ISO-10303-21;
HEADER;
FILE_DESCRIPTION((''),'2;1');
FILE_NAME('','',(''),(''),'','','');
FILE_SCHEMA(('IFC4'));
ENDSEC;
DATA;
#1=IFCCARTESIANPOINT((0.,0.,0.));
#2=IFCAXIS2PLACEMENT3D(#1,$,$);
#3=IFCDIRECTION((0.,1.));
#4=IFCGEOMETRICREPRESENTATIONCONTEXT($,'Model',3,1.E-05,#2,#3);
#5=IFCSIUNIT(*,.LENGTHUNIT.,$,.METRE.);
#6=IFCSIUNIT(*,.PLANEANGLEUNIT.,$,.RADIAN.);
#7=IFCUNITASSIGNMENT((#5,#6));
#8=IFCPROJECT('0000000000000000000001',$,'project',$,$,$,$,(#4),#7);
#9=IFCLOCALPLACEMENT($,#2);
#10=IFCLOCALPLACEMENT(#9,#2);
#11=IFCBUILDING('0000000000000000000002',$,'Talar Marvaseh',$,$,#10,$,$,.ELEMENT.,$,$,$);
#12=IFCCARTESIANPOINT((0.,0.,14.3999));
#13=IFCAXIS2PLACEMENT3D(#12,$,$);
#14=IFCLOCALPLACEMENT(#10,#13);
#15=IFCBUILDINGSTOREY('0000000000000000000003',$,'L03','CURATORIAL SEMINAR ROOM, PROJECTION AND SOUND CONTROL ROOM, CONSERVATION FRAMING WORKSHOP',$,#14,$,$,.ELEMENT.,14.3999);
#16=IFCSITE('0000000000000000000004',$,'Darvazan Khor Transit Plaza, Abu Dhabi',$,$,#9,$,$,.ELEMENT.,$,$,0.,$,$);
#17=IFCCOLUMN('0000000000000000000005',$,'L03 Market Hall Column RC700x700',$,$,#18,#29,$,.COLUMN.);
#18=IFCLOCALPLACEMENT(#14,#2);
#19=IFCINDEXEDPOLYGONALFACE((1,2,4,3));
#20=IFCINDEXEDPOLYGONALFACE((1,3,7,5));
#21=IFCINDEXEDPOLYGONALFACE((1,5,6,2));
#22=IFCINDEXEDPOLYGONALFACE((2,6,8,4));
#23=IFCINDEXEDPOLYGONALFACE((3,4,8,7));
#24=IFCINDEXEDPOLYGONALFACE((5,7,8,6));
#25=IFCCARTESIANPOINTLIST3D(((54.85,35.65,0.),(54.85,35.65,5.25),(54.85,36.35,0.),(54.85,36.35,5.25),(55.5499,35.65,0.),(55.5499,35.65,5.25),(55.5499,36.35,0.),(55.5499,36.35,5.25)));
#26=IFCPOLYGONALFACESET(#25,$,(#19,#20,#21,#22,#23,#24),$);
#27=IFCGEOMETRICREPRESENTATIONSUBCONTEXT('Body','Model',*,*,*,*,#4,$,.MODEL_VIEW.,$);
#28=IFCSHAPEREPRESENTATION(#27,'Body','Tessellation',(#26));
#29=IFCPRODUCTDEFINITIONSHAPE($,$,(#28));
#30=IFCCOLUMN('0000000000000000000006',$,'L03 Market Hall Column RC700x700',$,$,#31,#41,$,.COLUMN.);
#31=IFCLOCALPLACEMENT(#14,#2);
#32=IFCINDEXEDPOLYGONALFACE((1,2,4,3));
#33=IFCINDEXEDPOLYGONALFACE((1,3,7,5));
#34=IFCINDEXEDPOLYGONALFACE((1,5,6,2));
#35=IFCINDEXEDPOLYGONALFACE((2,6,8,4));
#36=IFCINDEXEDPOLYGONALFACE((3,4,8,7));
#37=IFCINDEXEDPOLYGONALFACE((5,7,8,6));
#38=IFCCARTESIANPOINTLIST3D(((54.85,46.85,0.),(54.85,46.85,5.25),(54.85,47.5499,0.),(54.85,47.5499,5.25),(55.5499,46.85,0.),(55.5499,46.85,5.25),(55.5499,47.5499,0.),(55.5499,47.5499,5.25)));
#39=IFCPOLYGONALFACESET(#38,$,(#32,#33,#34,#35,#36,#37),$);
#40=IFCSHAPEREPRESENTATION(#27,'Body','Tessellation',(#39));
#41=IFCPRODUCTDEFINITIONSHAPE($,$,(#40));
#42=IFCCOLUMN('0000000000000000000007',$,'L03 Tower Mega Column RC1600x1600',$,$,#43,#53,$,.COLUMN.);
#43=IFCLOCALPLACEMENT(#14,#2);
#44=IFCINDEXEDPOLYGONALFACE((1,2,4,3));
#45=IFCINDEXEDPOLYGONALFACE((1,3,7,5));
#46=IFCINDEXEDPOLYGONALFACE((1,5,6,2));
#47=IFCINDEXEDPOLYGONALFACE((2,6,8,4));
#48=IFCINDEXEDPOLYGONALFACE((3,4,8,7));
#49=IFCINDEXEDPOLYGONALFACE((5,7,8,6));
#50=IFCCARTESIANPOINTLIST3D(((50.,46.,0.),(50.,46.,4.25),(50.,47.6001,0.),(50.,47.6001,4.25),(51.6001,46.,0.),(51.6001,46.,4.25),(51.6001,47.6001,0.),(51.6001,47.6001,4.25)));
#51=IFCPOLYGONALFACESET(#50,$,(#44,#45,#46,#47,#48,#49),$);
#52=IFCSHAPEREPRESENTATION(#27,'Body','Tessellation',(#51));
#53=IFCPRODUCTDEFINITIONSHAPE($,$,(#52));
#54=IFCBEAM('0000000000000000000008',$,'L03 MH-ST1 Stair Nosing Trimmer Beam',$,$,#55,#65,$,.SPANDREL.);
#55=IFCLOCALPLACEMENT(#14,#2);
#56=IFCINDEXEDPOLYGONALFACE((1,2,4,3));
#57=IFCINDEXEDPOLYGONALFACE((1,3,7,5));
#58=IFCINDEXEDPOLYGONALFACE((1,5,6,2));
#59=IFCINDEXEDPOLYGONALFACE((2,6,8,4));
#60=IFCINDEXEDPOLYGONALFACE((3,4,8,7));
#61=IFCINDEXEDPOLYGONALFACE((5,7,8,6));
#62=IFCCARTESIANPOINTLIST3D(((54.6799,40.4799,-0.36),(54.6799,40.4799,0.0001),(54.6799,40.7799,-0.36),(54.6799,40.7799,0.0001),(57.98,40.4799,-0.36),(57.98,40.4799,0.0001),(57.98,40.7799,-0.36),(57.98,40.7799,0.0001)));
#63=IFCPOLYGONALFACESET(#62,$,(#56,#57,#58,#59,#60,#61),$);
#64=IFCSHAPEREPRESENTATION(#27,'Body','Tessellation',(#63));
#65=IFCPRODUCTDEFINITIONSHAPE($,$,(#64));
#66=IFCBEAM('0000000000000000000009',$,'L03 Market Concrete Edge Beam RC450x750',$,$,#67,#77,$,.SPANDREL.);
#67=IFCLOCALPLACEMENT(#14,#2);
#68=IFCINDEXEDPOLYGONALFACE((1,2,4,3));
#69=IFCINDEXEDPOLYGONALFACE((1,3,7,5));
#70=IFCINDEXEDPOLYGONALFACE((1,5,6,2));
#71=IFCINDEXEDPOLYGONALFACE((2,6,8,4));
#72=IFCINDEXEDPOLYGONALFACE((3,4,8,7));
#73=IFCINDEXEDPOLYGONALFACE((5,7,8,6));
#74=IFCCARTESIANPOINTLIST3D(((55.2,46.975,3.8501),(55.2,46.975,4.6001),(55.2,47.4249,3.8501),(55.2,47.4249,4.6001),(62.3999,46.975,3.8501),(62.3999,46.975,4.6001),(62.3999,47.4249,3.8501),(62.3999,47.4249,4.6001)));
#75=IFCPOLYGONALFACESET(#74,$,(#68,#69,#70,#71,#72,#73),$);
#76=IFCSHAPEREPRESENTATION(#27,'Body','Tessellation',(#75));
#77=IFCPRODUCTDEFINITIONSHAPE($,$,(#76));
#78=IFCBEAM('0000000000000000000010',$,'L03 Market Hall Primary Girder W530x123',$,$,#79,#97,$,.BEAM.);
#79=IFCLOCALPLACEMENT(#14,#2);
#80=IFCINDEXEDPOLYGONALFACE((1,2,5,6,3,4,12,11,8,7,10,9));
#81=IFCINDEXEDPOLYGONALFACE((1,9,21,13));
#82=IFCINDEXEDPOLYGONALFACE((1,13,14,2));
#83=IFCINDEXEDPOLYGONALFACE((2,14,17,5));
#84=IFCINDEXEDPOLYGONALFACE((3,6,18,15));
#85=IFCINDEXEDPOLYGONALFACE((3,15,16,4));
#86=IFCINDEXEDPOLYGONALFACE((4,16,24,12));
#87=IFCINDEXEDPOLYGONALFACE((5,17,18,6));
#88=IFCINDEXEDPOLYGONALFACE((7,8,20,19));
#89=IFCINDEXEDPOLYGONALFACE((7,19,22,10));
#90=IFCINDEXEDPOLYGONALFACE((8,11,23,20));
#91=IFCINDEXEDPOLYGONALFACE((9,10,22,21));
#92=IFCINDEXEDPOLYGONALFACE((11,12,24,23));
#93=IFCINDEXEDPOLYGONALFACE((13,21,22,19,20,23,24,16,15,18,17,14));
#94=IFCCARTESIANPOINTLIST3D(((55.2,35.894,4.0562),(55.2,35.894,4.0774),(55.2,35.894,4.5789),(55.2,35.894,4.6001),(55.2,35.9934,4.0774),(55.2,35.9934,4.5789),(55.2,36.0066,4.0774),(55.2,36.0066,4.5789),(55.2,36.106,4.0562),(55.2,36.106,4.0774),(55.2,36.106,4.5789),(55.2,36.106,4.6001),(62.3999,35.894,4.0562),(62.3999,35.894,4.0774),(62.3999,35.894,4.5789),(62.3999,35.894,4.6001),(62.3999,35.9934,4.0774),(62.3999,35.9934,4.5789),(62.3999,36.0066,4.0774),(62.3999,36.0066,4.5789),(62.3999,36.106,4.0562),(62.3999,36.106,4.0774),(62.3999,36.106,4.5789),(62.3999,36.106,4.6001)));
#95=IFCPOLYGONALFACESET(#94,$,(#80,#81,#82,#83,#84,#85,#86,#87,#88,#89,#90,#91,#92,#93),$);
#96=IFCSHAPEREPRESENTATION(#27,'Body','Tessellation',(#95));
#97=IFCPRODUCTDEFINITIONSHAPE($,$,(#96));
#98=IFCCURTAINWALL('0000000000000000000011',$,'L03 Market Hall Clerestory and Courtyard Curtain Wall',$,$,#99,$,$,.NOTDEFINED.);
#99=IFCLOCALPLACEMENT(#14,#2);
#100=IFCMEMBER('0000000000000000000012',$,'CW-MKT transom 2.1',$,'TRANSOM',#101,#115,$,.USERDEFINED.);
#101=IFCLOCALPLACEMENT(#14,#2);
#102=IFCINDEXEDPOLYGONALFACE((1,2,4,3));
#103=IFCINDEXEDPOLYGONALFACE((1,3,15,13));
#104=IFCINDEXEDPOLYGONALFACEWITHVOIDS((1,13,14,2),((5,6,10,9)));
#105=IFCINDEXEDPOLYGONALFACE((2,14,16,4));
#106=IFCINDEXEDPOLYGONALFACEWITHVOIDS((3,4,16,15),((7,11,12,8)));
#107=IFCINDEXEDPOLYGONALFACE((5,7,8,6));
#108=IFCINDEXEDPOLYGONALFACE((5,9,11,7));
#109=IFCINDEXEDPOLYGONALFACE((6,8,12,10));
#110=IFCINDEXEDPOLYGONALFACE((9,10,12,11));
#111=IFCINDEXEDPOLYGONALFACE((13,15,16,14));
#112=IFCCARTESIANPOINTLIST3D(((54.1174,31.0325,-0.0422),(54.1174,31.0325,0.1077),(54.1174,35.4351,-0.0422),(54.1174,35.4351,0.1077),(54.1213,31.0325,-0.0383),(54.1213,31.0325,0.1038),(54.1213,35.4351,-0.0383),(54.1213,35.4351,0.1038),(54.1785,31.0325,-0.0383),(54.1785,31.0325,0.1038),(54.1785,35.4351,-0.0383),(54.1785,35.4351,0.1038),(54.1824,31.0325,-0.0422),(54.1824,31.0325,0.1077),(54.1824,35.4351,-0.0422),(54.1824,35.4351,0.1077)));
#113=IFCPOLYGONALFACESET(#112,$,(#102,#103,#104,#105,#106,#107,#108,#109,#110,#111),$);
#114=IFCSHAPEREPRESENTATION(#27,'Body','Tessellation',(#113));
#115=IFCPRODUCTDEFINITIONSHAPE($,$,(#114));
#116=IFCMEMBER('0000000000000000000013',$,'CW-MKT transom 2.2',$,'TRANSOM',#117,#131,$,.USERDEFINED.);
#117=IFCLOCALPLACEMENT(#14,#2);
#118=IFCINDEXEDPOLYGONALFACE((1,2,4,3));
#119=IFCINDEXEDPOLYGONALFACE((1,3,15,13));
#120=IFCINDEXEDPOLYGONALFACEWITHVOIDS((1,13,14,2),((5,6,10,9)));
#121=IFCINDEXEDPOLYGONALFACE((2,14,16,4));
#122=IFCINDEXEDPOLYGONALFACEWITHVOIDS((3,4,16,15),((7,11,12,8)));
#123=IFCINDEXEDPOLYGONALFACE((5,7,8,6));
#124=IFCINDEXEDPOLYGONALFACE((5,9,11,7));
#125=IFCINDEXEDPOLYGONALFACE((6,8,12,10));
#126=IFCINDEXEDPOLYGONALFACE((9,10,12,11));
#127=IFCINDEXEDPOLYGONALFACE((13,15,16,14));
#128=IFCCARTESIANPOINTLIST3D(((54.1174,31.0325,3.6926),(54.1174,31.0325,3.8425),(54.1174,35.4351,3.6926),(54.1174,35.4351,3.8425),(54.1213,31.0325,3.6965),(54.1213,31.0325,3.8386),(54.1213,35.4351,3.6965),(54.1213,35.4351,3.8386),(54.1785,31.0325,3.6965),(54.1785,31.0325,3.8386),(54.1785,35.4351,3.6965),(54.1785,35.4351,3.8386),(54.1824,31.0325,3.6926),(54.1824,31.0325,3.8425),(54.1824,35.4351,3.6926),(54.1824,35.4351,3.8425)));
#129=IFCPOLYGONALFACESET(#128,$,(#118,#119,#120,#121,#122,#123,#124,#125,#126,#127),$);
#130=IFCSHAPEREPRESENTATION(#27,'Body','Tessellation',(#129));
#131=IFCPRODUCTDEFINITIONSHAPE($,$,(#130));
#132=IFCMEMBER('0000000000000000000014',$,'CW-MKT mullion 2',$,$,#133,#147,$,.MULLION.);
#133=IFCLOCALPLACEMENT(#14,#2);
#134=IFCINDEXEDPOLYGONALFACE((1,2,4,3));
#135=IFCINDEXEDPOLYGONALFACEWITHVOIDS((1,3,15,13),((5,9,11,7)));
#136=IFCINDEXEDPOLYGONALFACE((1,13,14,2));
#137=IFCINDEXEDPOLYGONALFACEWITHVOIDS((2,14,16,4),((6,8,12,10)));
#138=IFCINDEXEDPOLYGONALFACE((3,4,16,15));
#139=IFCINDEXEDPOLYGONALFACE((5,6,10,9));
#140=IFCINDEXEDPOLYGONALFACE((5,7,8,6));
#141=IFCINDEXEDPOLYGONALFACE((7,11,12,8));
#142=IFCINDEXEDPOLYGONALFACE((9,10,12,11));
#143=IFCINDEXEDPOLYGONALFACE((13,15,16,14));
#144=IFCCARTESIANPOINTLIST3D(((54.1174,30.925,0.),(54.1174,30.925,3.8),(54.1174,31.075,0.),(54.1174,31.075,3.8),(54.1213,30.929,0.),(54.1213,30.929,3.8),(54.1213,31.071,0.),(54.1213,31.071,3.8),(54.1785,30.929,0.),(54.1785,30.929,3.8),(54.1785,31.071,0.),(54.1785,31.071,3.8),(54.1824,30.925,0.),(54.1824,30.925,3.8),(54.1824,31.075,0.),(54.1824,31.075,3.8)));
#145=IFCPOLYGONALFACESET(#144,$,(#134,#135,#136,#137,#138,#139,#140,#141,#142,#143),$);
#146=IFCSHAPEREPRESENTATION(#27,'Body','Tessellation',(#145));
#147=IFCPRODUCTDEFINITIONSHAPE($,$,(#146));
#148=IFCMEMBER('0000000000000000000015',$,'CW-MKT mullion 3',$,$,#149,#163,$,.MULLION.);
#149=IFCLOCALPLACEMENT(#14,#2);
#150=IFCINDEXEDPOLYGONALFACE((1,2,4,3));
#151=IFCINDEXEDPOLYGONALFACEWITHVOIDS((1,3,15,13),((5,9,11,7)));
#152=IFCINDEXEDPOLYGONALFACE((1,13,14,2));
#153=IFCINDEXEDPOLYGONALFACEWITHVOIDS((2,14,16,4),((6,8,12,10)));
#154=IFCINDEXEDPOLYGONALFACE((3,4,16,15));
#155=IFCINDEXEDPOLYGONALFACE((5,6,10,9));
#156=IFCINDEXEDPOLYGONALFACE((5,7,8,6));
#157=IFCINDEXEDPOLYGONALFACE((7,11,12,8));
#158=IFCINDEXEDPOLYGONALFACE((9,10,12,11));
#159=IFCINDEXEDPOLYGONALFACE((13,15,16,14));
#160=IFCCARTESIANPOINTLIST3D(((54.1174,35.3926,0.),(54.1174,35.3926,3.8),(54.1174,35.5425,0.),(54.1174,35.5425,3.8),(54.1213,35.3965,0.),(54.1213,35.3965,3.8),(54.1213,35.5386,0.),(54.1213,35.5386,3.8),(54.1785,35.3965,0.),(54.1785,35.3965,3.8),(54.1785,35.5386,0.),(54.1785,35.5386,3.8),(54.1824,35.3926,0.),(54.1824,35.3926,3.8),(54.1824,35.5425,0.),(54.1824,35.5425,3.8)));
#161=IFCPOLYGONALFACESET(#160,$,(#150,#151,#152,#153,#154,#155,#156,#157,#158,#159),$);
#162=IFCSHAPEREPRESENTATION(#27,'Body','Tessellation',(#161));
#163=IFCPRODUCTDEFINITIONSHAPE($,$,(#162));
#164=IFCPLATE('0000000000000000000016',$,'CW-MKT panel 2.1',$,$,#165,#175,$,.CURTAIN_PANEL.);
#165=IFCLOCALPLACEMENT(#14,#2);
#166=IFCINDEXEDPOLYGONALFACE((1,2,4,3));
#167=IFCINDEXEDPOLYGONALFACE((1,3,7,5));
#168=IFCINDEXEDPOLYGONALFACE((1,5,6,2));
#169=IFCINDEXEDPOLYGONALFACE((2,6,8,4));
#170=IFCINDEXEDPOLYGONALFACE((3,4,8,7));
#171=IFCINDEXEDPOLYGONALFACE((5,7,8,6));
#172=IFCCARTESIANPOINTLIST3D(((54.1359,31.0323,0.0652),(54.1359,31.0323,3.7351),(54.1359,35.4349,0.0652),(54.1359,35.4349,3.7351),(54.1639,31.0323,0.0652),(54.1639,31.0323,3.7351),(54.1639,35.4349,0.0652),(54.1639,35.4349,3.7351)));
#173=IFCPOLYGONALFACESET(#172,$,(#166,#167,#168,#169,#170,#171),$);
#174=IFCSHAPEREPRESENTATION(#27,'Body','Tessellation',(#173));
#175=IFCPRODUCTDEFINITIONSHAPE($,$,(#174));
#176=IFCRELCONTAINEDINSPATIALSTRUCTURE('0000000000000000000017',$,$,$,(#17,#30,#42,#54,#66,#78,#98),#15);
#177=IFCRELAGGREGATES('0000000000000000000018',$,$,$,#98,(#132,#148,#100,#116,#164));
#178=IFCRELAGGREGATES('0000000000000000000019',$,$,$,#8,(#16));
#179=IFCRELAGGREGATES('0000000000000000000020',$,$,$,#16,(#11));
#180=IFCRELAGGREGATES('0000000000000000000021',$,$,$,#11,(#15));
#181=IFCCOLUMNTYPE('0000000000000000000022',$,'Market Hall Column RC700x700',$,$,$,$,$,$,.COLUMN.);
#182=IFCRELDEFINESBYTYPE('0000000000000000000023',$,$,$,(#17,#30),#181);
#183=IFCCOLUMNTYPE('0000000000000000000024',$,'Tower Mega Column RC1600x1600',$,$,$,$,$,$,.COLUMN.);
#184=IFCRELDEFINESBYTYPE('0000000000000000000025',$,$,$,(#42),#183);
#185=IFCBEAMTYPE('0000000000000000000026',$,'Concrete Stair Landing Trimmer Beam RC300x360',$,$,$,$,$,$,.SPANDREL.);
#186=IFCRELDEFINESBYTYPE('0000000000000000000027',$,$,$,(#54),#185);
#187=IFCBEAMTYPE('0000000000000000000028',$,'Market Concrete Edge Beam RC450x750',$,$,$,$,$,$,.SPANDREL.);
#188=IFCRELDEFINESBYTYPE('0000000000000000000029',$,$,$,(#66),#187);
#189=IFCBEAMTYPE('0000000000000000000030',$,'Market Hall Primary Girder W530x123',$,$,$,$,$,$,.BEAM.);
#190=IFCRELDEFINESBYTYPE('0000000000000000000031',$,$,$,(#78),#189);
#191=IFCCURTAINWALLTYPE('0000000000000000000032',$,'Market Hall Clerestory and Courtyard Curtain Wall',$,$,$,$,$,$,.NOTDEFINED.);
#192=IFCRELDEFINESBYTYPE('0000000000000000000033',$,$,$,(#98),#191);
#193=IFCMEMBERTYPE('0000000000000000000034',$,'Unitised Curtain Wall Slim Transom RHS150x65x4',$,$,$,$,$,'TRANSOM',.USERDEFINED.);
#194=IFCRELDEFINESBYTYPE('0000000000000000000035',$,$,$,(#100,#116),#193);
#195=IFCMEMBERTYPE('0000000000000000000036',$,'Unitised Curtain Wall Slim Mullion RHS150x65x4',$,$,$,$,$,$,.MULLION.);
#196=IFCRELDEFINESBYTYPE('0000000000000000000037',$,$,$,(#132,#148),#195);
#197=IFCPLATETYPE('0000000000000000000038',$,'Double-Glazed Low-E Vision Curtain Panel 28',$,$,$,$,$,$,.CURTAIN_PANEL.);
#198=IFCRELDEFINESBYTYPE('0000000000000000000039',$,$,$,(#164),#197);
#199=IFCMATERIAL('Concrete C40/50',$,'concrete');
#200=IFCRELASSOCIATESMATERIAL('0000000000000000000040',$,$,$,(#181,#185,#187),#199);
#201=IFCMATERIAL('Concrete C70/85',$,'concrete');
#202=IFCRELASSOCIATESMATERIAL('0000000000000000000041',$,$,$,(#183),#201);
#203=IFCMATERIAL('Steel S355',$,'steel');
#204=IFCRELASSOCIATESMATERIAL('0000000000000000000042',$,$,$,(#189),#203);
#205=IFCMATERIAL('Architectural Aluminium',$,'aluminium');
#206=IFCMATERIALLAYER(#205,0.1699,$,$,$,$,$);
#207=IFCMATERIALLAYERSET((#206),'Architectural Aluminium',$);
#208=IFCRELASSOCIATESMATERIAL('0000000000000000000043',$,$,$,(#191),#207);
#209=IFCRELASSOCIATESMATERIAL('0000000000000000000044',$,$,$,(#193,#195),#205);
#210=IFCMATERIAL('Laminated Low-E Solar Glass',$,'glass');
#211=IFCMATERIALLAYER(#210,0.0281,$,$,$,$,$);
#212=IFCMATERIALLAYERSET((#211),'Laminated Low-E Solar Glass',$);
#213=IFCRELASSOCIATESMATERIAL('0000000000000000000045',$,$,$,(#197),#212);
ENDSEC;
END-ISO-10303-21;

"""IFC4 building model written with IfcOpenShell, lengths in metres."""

from ifc_helpers import new_model, si_unit, direction, frame, origin, origin_2d, place, context, subcontext, project, spatial, rectangle, hollow_rectangle, i_section, extrude, source, transform, mapped, material, layer, layer_set, material_profile, profile_set, type_object, type_shapes, element, aggregate, save


model = new_model("IFC4")

# Units and contexts
model_context = context("Model", 3, precision=1e-05, world=origin(), true_north=direction((0.0, 1.0)))
body_context = subcontext(model_context, "Body", "Model", "MODEL_VIEW")
ifc_project = project(units=[si_unit("LENGTHUNIT", "METRE"), si_unit("PLANEANGLEUNIT", "RADIAN")], contexts=[model_context])

# Site, building, storey
site_placement = place(None, origin())
site = spatial("IfcSite", under=ifc_project, at=site_placement, Name="Darvazan Khor Transit Plaza, Abu Dhabi", CompositionType="ELEMENT", RefElevation=0.0)
building_placement = place(site_placement, origin())
building = spatial("IfcBuilding", under=site, at=building_placement, Name="Talar Marvaseh", CompositionType="ELEMENT")
storey_placement = place(building_placement, frame((0.0, 0.0, 14.3999)))
storey = spatial("IfcBuildingStorey", under=building, at=storey_placement, Name="L03", Description="CURATORIAL SEMINAR ROOM, PROJECTION AND SOUND CONTROL ROOM, CONSERVATION FRAMING WORKSHOP", CompositionType="ELEMENT", Elevation=14.3999)

# Columns
ifc_material_1 = material(Name="Concrete C40/50", Category="concrete")
ifc_material_profile_1 = material_profile(ifc_material_1, rectangle(XDim=0.7, YDim=0.7, at=origin_2d()), Name="RC700x700")
ifc_profile_set_1 = profile_set([ifc_material_profile_1], Name="Concrete C40/50")
column_type_1 = type_object("IfcColumnType", Name="Market Hall Column RC700x700", PredefinedType="COLUMN", material=ifc_profile_set_1)
for number, where, z_axis, x_axis, name in (
    (1, (55.2, 36.0, 0.0), (0.0, 0.0, 1.0), (1.0, 0.0, 0.0), "L03 Market Hall Column RC700x700"),
    (2, (55.2, 47.2, 0.0), (0.0, 0.0, 1.0), (1.0, 0.0, 0.0), "L03 Market Hall Column RC700x700"),
):
    element("IfcColumn", number, at=place(storey_placement, frame(where, z_axis=z_axis, x_axis=x_axis)), inside=storey, type_object=column_type_1, Name=name, PredefinedType="COLUMN", context=body_context, shape_type="SweptSolid", body=[
        extrude(rectangle(XDim=0.7, YDim=0.7, at=origin_2d()), origin(), (0.0, 0.0, 1.0), 5.25),
    ])
ifc_material_2 = material(Name="Concrete C70/85", Category="concrete")
ifc_material_profile_2 = material_profile(ifc_material_2, rectangle(XDim=1.6001, YDim=1.6001, at=origin_2d()), Name="RC1600x1600")
ifc_profile_set_2 = profile_set([ifc_material_profile_2], Name="Concrete C70/85")
column_type_2 = type_object("IfcColumnType", Name="Tower Mega Column RC1600x1600", PredefinedType="COLUMN", material=ifc_profile_set_2)
column_placement = place(storey_placement, frame((50.8, 46.8, 0.0), z_axis=(0.0, 0.0, 1.0), x_axis=(1.0, 0.0, 0.0)))
element("IfcColumn", 3, at=column_placement, inside=storey, type_object=column_type_2, Name="L03 Tower Mega Column RC1600x1600", PredefinedType="COLUMN", context=body_context, shape_type="SweptSolid", body=[
    extrude(rectangle(XDim=1.6001, YDim=1.6001, at=origin_2d()), origin(), (0.0, 0.0, 1.0), 4.25),
])

# Beams
ifc_material_profile_3 = material_profile(ifc_material_1, rectangle(XDim=0.3, YDim=0.3601, at=origin_2d()), Name="RC300x360")
ifc_profile_set_3 = profile_set([ifc_material_profile_3], Name="Concrete C40/50")
beam_type_1 = type_object("IfcBeamType", Name="Concrete Stair Landing Trimmer Beam RC300x360", PredefinedType="SPANDREL", material=ifc_profile_set_3)
beam_1_placement = place(storey_placement, frame((57.98, 40.6299, -0.1799), z_axis=(-1.0, 0.0, 0.0), x_axis=(0.0, -1.0, 0.0)))
element("IfcBeam", 4, at=beam_1_placement, inside=storey, type_object=beam_type_1, Name="L03 MH-ST1 Stair Nosing Trimmer Beam", PredefinedType="SPANDREL", context=body_context, shape_type="SweptSolid", body=[
    extrude(rectangle(XDim=0.3, YDim=0.3601, at=origin_2d()), origin(), (0.0, 0.0, 1.0), 3.3),
])
ifc_material_profile_4 = material_profile(ifc_material_1, rectangle(XDim=0.45, YDim=0.75, at=origin_2d()), Name="RC450x750")
ifc_profile_set_4 = profile_set([ifc_material_profile_4], Name="Concrete C40/50")
beam_type_2 = type_object("IfcBeamType", Name="Market Concrete Edge Beam RC450x750", PredefinedType="SPANDREL", material=ifc_profile_set_4)
beam_2_placement = place(storey_placement, frame((55.2, 47.2, 4.2251), z_axis=(1.0, 0.0, 0.0), x_axis=(0.0, 1.0, 0.0)))
element("IfcBeam", 5, at=beam_2_placement, inside=storey, type_object=beam_type_2, Name="L03 Market Concrete Edge Beam RC450x750", PredefinedType="SPANDREL", context=body_context, shape_type="SweptSolid", body=[
    extrude(rectangle(XDim=0.45, YDim=0.75, at=origin_2d()), origin(), (0.0, 0.0, 1.0), 7.2),
])
ifc_material_3 = material(Name="Steel S355", Category="steel")
ifc_material_profile_5 = material_profile(ifc_material_3, i_section(OverallWidth=0.2119, OverallDepth=0.5439, WebThickness=0.0132, FlangeThickness=0.0212, at=origin_2d()), Name="W530x123")
ifc_profile_set_5 = profile_set([ifc_material_profile_5], Name="Steel S355")
beam_type_3 = type_object("IfcBeamType", Name="Market Hall Primary Girder W530x123", PredefinedType="BEAM", material=ifc_profile_set_5)
beam_3_placement = place(storey_placement, frame((55.2, 36.0, 4.3281), z_axis=(1.0, 0.0, 0.0), x_axis=(0.0, 1.0, 0.0)))
element("IfcBeam", 6, at=beam_3_placement, inside=storey, type_object=beam_type_3, Name="L03 Market Hall Primary Girder W530x123", PredefinedType="BEAM", context=body_context, shape_type="SweptSolid", body=[
    extrude(i_section(OverallWidth=0.2119, OverallDepth=0.5439, WebThickness=0.0132, FlangeThickness=0.0212, at=origin_2d()), origin(), (0.0, 0.0, 1.0), 7.2),
])

# Curtain wall, members, plate
ifc_material_4 = material(Name="Architectural Aluminium", Category="aluminium")
ifc_layer_1 = layer(ifc_material_4, 0.1699)
ifc_layer_set_1 = layer_set([ifc_layer_1], Name="Architectural Aluminium")
curtain_wall_type = type_object("IfcCurtainWallType", Name="Market Hall Clerestory and Courtyard Curtain Wall", PredefinedType="NOTDEFINED", material=ifc_layer_set_1)
curtain_wall_placement = place(storey_placement, origin())
curtain_wall = element("IfcCurtainWall", 7, at=curtain_wall_placement, inside=storey, type_object=curtain_wall_type, Name="L03 Market Hall Clerestory and Courtyard Curtain Wall", PredefinedType="NOTDEFINED")
ifc_material_profile_6 = material_profile(ifc_material_4, hollow_rectangle(XDim=0.0649, YDim=0.1499, WallThickness=0.0039, at=origin_2d()), Name="RHS150x65x4")
ifc_profile_set_6 = profile_set([ifc_material_profile_6], Name="Architectural Aluminium")
member_type_1 = type_object("IfcMemberType", Name="Unitised Curtain Wall Slim Transom RHS150x65x4", ElementType="TRANSOM", PredefinedType="USERDEFINED", material=ifc_profile_set_6)
shared_shape_1 = source(origin(), body_context, "Body", "SweptSolid", [
    extrude(hollow_rectangle(XDim=0.0649, YDim=0.1499, WallThickness=0.0039, at=origin_2d()), origin(), (0.0, 0.0, 1.0), 4.4026),
])
type_shapes(member_type_1, [shared_shape_1])
member_1_placement = place(storey_placement, frame((54.1499, 31.0325, 0.0327), z_axis=(0.0, 1.0, 0.0), x_axis=(-1.0, 0.0, 0.0)))
member_1 = element("IfcMember", 8, at=member_1_placement, type_object=member_type_1, Name="CW-MKT transom 2.1", ObjectType="TRANSOM", PredefinedType="USERDEFINED", context=body_context, shape_type="MappedRepresentation", body=[
    mapped(shared_shape_1, transform((0.0, 0.0, 0.0), x_axis=(1.0, 0.0, 0.0), y_axis=(0.0, 1.0, 0.0), z_axis=(0.0, 0.0, 1.0), scale=1.0)),
])
member_2_placement = place(storey_placement, frame((54.1499, 31.0325, 3.7676), z_axis=(0.0, 1.0, 0.0), x_axis=(-1.0, 0.0, 0.0)))
member_2 = element("IfcMember", 9, at=member_2_placement, type_object=member_type_1, Name="CW-MKT transom 2.2", ObjectType="TRANSOM", PredefinedType="USERDEFINED", context=body_context, shape_type="MappedRepresentation", body=[
    mapped(shared_shape_1, transform((0.0, 0.0, 0.0), x_axis=(1.0, 0.0, 0.0), y_axis=(0.0, 1.0, 0.0), z_axis=(0.0, 0.0, 1.0), scale=1.0)),
])
ifc_material_profile_7 = material_profile(ifc_material_4, hollow_rectangle(XDim=0.0649, YDim=0.1499, WallThickness=0.0039, at=origin_2d()), Name="RHS150x65x4")
ifc_profile_set_7 = profile_set([ifc_material_profile_7], Name="Architectural Aluminium")
member_type_2 = type_object("IfcMemberType", Name="Unitised Curtain Wall Slim Mullion RHS150x65x4", PredefinedType="MULLION", material=ifc_profile_set_7)
shared_shape_2 = source(origin(), body_context, "Body", "SweptSolid", [
    extrude(hollow_rectangle(XDim=0.0649, YDim=0.1499, WallThickness=0.0039, at=origin_2d()), origin(), (0.0, 0.0, 1.0), 3.8),
])
type_shapes(member_type_2, [shared_shape_2])
member_3_placement = place(storey_placement, frame((54.1499, 31.0, 0.0), z_axis=(0.0, 0.0, 1.0), x_axis=(-1.0, 0.0, 0.0)))
member_3 = element("IfcMember", 10, at=member_3_placement, type_object=member_type_2, Name="CW-MKT mullion 2", PredefinedType="MULLION", context=body_context, shape_type="MappedRepresentation", body=[
    mapped(shared_shape_2, transform((0.0, 0.0, 0.0), x_axis=(1.0, 0.0, 0.0), y_axis=(0.0, 1.0, 0.0), z_axis=(0.0, 0.0, 1.0), scale=1.0)),
])
member_4_placement = place(storey_placement, frame((54.1499, 35.4675, 0.0), z_axis=(0.0, 0.0, 1.0), x_axis=(-1.0, 0.0, 0.0)))
member_4 = element("IfcMember", 11, at=member_4_placement, type_object=member_type_2, Name="CW-MKT mullion 3", PredefinedType="MULLION", context=body_context, shape_type="MappedRepresentation", body=[
    mapped(shared_shape_2, transform((0.0, 0.0, 0.0), x_axis=(1.0, 0.0, 0.0), y_axis=(0.0, 1.0, 0.0), z_axis=(0.0, 0.0, 1.0), scale=1.0)),
])
ifc_material_5 = material(Name="Laminated Low-E Solar Glass", Category="glass")
ifc_layer_2 = layer(ifc_material_5, 0.0281)
ifc_layer_set_2 = layer_set([ifc_layer_2], Name="Laminated Low-E Solar Glass")
plate_type = type_object("IfcPlateType", Name="Double-Glazed Low-E Vision Curtain Panel 28", PredefinedType="CURTAIN_PANEL", material=ifc_layer_set_2)
shared_shape_3 = source(origin(), body_context, "Body", "SweptSolid", [
    extrude(rectangle(XDim=4.4026, YDim=0.0281, at=origin_2d()), origin(), (0.0, 0.0, 1.0), 3.6699),
])
type_shapes(plate_type, [shared_shape_3])
plate_placement = place(storey_placement, frame((54.1499, 33.2336, 0.0652), z_axis=(0.0, 0.0, 1.0), x_axis=(0.0, 1.0, 0.0)))
plate = element("IfcPlate", 12, at=plate_placement, type_object=plate_type, Name="CW-MKT panel 2.1", PredefinedType="CURTAIN_PANEL", context=body_context, shape_type="MappedRepresentation", body=[
    mapped(shared_shape_3, transform((0.0, 0.0, 0.0), x_axis=(1.0, 0.0, 0.0), y_axis=(0.0, 1.0, 0.0), z_axis=(0.0, 0.0, 1.0), scale=1.0)),
])
aggregate(curtain_wall, [member_3, member_4, member_1, member_2, plate])

save(model, "model.ifc")
